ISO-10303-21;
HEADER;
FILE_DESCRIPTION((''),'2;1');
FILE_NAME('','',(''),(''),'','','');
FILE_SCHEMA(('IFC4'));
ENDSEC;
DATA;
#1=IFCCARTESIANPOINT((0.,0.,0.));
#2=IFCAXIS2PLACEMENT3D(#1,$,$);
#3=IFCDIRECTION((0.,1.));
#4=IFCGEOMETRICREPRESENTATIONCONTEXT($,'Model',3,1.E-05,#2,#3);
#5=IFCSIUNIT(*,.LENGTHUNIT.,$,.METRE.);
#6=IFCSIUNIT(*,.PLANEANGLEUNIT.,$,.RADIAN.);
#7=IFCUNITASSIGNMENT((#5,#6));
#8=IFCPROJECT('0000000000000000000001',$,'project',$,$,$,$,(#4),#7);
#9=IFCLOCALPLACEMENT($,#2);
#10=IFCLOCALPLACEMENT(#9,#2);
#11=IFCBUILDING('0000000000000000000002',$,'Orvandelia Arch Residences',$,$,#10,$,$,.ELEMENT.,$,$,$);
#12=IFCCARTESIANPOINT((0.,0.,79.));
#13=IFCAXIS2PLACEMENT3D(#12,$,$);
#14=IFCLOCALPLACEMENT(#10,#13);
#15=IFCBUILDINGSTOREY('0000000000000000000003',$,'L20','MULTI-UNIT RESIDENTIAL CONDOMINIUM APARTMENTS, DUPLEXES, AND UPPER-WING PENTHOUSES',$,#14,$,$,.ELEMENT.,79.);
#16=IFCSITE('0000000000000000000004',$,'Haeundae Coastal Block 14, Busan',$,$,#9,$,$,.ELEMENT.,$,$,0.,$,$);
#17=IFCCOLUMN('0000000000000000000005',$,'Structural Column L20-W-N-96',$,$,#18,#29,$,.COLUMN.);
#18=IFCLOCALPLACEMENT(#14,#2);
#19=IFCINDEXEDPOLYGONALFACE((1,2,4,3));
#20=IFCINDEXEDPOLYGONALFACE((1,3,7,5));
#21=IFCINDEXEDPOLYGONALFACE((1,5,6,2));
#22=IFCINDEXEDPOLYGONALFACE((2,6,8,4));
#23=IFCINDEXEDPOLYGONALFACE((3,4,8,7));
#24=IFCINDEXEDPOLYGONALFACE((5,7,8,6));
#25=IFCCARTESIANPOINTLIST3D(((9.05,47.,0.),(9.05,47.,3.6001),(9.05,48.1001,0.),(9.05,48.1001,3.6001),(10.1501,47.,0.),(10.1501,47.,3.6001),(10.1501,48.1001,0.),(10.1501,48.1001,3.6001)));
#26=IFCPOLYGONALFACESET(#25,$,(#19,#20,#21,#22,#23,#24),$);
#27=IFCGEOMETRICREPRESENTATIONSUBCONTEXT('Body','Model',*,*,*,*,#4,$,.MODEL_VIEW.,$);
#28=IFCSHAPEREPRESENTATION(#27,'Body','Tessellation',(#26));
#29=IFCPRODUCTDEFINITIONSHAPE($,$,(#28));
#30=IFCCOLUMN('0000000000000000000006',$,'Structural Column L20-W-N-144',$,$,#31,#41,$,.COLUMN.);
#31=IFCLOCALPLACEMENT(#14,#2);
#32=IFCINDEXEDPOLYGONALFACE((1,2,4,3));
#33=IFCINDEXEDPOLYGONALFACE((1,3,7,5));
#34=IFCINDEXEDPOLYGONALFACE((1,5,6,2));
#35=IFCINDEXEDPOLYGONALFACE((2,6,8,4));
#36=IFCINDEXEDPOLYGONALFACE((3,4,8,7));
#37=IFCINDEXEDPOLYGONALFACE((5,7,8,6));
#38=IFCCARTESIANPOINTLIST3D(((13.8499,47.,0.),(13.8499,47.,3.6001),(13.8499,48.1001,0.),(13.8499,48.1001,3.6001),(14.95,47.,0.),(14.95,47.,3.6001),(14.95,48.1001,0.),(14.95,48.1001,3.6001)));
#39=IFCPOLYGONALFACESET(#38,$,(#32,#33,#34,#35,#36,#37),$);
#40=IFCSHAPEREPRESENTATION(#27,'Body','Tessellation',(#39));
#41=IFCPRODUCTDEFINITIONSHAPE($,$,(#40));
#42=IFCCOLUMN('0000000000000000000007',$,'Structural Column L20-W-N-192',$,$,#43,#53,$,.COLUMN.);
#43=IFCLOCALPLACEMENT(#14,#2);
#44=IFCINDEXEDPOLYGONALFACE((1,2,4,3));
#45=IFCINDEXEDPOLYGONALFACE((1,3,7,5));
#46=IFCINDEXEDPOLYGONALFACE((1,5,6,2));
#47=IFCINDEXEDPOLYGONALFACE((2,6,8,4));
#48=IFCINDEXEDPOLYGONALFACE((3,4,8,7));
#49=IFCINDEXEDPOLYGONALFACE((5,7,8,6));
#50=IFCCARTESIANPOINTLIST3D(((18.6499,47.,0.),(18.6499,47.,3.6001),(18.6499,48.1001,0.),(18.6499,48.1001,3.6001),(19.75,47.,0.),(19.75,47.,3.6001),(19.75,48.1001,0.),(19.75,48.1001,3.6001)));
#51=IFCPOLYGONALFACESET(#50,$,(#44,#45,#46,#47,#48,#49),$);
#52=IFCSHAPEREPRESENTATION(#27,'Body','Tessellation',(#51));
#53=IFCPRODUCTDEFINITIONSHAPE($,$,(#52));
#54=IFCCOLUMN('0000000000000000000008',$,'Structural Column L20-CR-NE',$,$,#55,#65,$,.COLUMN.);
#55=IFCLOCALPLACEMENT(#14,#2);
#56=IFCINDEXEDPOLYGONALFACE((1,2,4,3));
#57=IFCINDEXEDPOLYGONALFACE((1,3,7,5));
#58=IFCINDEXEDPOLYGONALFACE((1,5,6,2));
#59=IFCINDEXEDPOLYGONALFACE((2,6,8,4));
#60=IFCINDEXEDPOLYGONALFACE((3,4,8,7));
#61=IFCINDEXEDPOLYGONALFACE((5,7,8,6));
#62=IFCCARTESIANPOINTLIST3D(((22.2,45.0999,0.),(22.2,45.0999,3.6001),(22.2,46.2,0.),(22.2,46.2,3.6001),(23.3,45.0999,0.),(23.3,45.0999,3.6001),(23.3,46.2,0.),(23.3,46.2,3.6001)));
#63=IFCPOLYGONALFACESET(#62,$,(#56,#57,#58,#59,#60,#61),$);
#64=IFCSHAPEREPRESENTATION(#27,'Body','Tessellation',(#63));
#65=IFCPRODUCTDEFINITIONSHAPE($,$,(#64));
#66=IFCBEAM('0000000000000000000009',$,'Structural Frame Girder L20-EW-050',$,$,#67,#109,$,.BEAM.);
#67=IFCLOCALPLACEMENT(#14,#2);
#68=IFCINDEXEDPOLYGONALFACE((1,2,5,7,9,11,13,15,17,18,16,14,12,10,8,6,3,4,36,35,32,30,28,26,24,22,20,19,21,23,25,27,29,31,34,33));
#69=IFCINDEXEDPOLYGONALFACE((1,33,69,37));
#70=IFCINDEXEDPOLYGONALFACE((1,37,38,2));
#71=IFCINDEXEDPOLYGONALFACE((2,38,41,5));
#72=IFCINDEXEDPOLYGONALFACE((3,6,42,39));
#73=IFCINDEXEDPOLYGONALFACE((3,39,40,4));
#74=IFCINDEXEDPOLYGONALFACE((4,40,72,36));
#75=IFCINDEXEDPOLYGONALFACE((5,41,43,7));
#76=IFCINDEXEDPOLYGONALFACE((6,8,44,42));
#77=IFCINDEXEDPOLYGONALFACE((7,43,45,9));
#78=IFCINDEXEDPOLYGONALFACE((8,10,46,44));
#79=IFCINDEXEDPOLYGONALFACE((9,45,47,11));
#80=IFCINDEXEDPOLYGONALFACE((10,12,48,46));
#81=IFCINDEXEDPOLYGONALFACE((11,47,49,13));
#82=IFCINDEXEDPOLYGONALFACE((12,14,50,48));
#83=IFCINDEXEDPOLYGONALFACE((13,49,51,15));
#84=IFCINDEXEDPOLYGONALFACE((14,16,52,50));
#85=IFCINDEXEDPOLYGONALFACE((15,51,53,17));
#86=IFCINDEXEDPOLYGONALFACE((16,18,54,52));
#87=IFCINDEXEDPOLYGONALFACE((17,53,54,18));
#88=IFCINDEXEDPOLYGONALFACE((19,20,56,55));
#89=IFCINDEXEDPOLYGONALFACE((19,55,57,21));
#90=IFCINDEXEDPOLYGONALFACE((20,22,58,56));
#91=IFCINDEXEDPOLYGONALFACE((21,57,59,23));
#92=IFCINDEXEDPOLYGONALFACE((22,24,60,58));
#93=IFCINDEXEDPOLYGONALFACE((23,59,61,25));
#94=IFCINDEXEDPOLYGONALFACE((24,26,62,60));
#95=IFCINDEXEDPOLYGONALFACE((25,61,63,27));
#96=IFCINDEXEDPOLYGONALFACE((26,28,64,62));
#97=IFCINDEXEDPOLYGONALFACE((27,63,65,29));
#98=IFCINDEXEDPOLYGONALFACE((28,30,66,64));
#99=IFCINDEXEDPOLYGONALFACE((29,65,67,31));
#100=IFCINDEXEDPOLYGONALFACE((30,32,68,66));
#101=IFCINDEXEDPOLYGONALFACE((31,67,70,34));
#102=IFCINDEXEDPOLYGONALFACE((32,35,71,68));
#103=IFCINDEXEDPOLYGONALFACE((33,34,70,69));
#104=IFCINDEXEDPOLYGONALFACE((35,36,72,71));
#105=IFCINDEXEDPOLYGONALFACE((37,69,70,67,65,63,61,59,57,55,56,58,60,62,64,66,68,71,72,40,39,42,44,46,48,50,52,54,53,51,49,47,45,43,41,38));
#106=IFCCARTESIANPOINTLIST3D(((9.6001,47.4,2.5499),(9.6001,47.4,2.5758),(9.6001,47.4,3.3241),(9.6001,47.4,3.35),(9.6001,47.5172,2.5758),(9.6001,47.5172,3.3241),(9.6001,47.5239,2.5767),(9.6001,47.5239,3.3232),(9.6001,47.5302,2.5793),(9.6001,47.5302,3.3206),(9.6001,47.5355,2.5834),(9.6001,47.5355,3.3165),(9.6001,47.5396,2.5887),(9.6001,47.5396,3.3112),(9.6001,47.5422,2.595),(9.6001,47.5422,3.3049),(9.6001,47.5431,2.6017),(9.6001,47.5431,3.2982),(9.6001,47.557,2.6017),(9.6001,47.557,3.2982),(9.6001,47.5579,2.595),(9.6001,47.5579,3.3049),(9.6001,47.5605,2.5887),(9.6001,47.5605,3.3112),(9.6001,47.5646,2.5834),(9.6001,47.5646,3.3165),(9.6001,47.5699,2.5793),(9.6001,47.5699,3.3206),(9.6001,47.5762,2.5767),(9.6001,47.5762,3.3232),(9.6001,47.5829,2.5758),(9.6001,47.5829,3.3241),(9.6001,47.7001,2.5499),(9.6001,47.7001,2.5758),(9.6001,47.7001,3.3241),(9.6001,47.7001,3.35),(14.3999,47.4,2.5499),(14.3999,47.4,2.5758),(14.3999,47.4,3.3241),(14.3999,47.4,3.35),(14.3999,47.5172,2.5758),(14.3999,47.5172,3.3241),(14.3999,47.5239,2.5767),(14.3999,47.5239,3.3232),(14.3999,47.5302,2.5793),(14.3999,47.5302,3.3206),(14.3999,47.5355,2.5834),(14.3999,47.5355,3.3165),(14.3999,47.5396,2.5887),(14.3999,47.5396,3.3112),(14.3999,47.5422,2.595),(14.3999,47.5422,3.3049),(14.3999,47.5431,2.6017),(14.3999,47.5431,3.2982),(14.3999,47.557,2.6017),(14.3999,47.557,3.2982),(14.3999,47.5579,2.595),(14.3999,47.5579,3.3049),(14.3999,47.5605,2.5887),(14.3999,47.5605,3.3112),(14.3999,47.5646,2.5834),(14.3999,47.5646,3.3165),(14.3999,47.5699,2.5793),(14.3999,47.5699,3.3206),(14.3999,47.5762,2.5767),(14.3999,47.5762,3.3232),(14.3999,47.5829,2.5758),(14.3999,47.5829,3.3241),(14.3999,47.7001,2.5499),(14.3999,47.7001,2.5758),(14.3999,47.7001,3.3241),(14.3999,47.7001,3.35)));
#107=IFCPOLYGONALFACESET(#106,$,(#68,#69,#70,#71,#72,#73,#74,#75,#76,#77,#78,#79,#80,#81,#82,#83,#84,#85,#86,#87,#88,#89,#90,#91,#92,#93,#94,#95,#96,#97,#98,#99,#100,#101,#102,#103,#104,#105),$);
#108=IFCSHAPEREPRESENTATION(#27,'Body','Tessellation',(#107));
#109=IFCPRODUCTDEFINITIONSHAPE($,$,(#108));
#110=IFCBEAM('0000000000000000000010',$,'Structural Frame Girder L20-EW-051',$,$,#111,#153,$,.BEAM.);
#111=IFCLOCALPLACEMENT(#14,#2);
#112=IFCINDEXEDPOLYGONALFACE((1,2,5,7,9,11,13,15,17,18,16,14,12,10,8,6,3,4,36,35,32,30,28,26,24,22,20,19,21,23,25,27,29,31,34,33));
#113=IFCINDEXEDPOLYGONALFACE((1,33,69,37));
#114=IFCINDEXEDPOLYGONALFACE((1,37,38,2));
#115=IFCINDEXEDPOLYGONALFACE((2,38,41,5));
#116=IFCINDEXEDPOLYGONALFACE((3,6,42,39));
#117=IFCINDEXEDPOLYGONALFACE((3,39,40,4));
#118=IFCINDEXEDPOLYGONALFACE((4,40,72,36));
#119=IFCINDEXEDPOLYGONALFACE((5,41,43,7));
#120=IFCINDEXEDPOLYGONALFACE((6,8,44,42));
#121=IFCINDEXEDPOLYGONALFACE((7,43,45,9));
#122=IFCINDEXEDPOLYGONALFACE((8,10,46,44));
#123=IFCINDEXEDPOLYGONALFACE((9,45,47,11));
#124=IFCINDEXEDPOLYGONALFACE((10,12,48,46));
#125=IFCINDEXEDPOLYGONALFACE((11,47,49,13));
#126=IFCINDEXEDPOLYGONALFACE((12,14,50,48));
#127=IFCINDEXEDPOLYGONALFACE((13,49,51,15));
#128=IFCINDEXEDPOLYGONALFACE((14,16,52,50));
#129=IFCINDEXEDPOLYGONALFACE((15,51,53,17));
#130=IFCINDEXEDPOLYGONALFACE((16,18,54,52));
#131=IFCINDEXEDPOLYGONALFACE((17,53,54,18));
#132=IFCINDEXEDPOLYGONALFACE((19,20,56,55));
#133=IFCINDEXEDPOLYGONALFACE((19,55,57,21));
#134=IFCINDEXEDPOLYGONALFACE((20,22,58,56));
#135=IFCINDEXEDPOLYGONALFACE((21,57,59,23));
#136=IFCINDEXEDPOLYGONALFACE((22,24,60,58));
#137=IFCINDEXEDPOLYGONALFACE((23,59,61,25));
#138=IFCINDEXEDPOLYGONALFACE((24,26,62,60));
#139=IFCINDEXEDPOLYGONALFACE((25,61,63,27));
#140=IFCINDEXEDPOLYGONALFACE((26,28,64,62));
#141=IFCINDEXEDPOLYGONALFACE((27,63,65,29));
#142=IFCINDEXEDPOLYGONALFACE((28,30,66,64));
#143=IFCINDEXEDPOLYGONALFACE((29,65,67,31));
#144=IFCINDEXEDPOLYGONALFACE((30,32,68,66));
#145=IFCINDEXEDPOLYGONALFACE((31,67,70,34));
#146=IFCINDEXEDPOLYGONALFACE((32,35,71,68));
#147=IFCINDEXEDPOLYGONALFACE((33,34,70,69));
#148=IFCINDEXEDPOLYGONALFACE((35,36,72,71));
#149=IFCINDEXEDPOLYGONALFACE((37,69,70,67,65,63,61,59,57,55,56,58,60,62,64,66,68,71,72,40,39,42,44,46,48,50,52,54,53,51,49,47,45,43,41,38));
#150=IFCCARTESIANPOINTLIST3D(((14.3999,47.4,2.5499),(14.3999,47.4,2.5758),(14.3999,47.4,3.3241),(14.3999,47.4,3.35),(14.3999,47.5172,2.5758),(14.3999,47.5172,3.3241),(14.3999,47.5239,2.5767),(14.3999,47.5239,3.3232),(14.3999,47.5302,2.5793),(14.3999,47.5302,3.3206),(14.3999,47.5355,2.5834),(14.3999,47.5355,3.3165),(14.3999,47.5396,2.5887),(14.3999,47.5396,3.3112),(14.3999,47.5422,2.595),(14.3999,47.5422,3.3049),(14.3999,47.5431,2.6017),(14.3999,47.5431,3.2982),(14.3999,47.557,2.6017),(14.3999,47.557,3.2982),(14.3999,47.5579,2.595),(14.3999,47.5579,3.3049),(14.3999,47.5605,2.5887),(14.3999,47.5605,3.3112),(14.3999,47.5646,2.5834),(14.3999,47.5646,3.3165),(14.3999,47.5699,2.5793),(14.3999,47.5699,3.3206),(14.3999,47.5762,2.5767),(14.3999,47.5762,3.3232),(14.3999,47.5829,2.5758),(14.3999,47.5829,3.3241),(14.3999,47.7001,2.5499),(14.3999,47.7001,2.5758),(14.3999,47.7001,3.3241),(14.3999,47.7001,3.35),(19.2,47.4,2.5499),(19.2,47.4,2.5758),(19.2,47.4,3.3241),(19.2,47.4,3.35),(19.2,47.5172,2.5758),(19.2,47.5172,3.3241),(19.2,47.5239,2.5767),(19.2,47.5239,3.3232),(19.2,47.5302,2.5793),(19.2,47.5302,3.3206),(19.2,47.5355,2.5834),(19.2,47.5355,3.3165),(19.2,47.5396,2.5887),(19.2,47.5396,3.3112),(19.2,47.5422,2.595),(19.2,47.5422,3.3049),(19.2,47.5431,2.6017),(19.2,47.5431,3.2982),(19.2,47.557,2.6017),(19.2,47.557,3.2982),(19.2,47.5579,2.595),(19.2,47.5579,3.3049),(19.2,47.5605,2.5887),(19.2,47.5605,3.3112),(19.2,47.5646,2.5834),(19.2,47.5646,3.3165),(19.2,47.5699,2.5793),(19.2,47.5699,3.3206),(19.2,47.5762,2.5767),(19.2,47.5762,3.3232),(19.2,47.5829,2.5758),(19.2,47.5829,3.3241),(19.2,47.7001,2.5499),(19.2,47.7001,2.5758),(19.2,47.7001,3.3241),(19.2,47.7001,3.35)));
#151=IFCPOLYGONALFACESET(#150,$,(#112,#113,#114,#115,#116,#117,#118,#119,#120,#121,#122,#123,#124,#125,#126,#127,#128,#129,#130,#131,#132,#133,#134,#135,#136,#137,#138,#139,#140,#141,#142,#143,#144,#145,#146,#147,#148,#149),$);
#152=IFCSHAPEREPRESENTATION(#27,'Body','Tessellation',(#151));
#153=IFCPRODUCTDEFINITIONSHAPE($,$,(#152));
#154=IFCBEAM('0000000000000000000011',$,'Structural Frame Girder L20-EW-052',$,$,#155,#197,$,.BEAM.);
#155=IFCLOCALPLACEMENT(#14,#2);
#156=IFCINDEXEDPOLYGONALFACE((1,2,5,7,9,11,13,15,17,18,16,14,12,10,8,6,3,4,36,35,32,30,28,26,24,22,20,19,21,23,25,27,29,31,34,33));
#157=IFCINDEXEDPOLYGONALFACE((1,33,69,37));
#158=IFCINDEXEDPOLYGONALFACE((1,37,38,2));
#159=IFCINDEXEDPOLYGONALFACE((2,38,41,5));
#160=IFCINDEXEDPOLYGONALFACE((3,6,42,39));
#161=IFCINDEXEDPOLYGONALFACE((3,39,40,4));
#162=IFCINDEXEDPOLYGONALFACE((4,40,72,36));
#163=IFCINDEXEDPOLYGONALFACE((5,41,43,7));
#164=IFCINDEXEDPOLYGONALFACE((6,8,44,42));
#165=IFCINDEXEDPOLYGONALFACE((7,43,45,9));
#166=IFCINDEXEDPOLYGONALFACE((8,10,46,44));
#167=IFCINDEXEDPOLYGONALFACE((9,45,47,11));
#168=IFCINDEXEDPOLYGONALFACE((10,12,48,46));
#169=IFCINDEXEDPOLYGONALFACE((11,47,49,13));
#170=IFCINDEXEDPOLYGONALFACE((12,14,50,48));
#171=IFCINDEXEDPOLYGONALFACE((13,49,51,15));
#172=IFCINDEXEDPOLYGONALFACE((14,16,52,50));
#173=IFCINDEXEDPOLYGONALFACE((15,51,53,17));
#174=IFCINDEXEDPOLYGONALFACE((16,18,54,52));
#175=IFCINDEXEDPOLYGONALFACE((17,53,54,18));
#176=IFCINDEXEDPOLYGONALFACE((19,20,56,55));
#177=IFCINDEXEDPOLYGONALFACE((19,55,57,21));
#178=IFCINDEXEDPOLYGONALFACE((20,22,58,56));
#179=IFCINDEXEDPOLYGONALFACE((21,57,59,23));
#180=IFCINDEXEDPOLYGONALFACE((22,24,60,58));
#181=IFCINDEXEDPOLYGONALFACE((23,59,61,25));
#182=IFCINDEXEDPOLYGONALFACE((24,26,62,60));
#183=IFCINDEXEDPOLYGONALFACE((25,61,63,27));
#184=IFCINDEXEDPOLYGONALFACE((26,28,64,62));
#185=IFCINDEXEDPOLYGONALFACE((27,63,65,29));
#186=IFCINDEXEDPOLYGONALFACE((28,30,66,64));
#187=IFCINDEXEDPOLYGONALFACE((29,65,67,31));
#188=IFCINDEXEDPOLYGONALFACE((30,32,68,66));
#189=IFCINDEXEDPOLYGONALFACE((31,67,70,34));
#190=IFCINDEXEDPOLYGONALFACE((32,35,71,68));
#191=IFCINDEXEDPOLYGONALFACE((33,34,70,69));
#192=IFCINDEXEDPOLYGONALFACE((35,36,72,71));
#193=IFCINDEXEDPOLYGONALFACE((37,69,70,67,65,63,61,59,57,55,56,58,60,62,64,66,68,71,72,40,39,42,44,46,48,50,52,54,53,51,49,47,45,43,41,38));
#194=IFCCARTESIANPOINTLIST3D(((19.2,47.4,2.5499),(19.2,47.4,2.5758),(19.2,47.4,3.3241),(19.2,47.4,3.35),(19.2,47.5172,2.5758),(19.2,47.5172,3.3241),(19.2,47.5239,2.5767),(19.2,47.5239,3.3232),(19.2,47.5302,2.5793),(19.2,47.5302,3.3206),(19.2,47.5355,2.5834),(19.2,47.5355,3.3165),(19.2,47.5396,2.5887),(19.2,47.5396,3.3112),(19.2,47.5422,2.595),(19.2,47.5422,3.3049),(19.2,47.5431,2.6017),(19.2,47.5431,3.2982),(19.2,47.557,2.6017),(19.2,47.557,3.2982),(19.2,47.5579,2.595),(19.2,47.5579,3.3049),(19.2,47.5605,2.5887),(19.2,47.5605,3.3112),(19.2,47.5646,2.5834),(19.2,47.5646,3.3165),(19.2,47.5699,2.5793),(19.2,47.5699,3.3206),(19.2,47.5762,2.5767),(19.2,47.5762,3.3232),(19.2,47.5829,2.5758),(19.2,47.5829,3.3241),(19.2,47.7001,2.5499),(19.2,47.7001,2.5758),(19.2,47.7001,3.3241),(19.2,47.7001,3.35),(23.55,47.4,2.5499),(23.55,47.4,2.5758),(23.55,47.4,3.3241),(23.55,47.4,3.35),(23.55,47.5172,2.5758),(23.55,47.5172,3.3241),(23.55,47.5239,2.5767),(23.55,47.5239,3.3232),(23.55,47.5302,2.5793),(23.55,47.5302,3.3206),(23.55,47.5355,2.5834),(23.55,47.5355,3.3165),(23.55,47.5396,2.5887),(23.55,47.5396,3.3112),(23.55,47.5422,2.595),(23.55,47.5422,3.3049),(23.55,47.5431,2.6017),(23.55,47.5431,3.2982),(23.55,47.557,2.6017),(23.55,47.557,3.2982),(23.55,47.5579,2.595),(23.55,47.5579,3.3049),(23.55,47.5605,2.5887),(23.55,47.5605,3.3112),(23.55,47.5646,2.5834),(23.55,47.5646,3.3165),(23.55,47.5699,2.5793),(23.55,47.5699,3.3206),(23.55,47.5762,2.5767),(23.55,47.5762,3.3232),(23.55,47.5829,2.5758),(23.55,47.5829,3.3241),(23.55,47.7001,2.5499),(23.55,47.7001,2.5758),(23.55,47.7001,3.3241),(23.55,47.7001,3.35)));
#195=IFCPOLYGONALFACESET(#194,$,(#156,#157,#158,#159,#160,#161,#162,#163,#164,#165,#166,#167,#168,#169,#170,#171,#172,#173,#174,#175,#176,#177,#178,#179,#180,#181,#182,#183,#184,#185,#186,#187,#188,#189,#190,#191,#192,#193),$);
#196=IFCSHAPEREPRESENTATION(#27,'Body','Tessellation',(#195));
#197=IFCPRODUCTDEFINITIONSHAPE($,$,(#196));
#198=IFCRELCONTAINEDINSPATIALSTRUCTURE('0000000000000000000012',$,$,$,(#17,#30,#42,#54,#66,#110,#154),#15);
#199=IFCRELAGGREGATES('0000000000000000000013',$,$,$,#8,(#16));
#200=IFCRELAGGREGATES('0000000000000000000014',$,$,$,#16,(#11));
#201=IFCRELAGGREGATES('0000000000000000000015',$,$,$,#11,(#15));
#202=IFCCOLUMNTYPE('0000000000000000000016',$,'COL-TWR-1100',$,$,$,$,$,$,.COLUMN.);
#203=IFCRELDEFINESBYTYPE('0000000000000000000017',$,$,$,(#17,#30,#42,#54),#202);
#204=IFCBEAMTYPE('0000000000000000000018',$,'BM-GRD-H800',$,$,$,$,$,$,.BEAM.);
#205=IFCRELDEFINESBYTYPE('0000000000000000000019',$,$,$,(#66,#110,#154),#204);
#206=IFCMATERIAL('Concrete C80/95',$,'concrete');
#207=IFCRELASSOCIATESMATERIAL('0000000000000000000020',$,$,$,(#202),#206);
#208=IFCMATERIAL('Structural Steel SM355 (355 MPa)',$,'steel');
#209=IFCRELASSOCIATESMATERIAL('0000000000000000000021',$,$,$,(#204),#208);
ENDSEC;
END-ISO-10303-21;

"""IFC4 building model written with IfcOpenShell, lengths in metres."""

from ifc_helpers import new_model, si_unit, direction, frame, origin, origin_2d, place, context, subcontext, project, spatial, rectangle, i_section, extrude, material, material_profile, profile_set, type_object, element, save


model = new_model("IFC4")

# Units and contexts
model_context = context("Model", 3, precision=1e-05, world=origin(), true_north=direction((0.0, 1.0)))
body_context = subcontext(model_context, "Body", "Model", "MODEL_VIEW")
ifc_project = project(units=[si_unit("LENGTHUNIT", "METRE"), si_unit("PLANEANGLEUNIT", "RADIAN")], contexts=[model_context])

# Site, building, storey
site_placement = place(None, origin())
site = spatial("IfcSite", under=ifc_project, at=site_placement, Name="Haeundae Coastal Block 14, Busan", CompositionType="ELEMENT", RefElevation=0.0)
building_placement = place(site_placement, origin())
building = spatial("IfcBuilding", under=site, at=building_placement, Name="Orvandelia Arch Residences", CompositionType="ELEMENT")
storey_placement = place(building_placement, frame((0.0, 0.0, 79.0)))
storey = spatial("IfcBuildingStorey", under=building, at=storey_placement, Name="L20", Description="MULTI-UNIT RESIDENTIAL CONDOMINIUM APARTMENTS, DUPLEXES, AND UPPER-WING PENTHOUSES", CompositionType="ELEMENT", Elevation=79.0)

# Columns
ifc_material_1 = material(Name="Concrete C80/95", Category="concrete")
ifc_material_profile_1 = material_profile(ifc_material_1, rectangle(XDim=1.1001, YDim=1.1001, at=origin_2d()), Name="Concrete C80/95", Category="concrete")
ifc_profile_set_1 = profile_set([ifc_material_profile_1], Name="Concrete C80/95")
column_type = type_object("IfcColumnType", Name="COL-TWR-1100", PredefinedType="COLUMN", material=ifc_profile_set_1)
for number, where, z_axis, x_axis, name in (
    (1, (9.6001, 47.55, 0.0), (0.0, 0.0, 1.0), (1.0, 0.0, 0.0), "Structural Column L20-W-N-96"),
    (2, (14.3999, 47.55, 0.0), (0.0, 0.0, 1.0), (1.0, 0.0, 0.0), "Structural Column L20-W-N-144"),
    (3, (19.2, 47.55, 0.0), (0.0, 0.0, 1.0), (1.0, 0.0, 0.0), "Structural Column L20-W-N-192"),
    (4, (22.75, 45.6499, 0.0), (0.0, 0.0, 1.0), (1.0, 0.0, 0.0), "Structural Column L20-CR-NE"),
):
    element("IfcColumn", number, at=place(storey_placement, frame(where, z_axis=z_axis, x_axis=x_axis)), inside=storey, type_object=column_type, Name=name, PredefinedType="COLUMN", context=body_context, shape_type="SweptSolid", body=[
        extrude(rectangle(XDim=1.1001, YDim=1.1001, at=origin_2d()), origin(), (0.0, 0.0, 1.0), 3.6001),
    ])

# Beams
ifc_material_2 = material(Name="Structural Steel SM355 (355 MPa)", Category="steel")
ifc_material_profile_2 = material_profile(ifc_material_2, i_section(OverallWidth=0.3, OverallDepth=0.8, WebThickness=0.0139, FlangeThickness=0.0259, FilletRadius=0.0259, at=origin_2d()), Name="Structural Steel SM355 (355 MPa)", Category="steel")
ifc_profile_set_2 = profile_set([ifc_material_profile_2], Name="Structural Steel SM355 (355 MPa)")
beam_type = type_object("IfcBeamType", Name="BM-GRD-H800", PredefinedType="BEAM", material=ifc_profile_set_2)
beam_1_placement = place(storey_placement, frame((9.6001, 47.55, 2.95), z_axis=(1.0, 0.0, 0.0), x_axis=(0.0, 1.0, 0.0)))
element("IfcBeam", 5, at=beam_1_placement, inside=storey, type_object=beam_type, Name="Structural Frame Girder L20-EW-050", PredefinedType="BEAM", context=body_context, shape_type="SweptSolid", body=[
    extrude(i_section(OverallWidth=0.3, OverallDepth=0.8, WebThickness=0.0139, FlangeThickness=0.0259, FilletRadius=0.0259, at=origin_2d()), origin(), (0.0, 0.0, 1.0), 4.7998),
])
beam_2_placement = place(storey_placement, frame((14.3999, 47.55, 2.95), z_axis=(1.0, 0.0, 0.0), x_axis=(0.0, 1.0, 0.0)))
element("IfcBeam", 6, at=beam_2_placement, inside=storey, type_object=beam_type, Name="Structural Frame Girder L20-EW-051", PredefinedType="BEAM", context=body_context, shape_type="SweptSolid", body=[
    extrude(i_section(OverallWidth=0.3, OverallDepth=0.8, WebThickness=0.0139, FlangeThickness=0.0259, FilletRadius=0.0259, at=origin_2d()), origin(), (0.0, 0.0, 1.0), 4.8),
])
beam_3_placement = place(storey_placement, frame((19.2, 47.55, 2.95), z_axis=(1.0, 0.0, 0.0), x_axis=(0.0, 1.0, 0.0)))
element("IfcBeam", 7, at=beam_3_placement, inside=storey, type_object=beam_type, Name="Structural Frame Girder L20-EW-052", PredefinedType="BEAM", context=body_context, shape_type="SweptSolid", body=[
    extrude(i_section(OverallWidth=0.3, OverallDepth=0.8, WebThickness=0.0139, FlangeThickness=0.0259, FilletRadius=0.0259, at=origin_2d()), origin(), (0.0, 0.0, 1.0), 4.3501),
])

save(model, "model.ifc")
